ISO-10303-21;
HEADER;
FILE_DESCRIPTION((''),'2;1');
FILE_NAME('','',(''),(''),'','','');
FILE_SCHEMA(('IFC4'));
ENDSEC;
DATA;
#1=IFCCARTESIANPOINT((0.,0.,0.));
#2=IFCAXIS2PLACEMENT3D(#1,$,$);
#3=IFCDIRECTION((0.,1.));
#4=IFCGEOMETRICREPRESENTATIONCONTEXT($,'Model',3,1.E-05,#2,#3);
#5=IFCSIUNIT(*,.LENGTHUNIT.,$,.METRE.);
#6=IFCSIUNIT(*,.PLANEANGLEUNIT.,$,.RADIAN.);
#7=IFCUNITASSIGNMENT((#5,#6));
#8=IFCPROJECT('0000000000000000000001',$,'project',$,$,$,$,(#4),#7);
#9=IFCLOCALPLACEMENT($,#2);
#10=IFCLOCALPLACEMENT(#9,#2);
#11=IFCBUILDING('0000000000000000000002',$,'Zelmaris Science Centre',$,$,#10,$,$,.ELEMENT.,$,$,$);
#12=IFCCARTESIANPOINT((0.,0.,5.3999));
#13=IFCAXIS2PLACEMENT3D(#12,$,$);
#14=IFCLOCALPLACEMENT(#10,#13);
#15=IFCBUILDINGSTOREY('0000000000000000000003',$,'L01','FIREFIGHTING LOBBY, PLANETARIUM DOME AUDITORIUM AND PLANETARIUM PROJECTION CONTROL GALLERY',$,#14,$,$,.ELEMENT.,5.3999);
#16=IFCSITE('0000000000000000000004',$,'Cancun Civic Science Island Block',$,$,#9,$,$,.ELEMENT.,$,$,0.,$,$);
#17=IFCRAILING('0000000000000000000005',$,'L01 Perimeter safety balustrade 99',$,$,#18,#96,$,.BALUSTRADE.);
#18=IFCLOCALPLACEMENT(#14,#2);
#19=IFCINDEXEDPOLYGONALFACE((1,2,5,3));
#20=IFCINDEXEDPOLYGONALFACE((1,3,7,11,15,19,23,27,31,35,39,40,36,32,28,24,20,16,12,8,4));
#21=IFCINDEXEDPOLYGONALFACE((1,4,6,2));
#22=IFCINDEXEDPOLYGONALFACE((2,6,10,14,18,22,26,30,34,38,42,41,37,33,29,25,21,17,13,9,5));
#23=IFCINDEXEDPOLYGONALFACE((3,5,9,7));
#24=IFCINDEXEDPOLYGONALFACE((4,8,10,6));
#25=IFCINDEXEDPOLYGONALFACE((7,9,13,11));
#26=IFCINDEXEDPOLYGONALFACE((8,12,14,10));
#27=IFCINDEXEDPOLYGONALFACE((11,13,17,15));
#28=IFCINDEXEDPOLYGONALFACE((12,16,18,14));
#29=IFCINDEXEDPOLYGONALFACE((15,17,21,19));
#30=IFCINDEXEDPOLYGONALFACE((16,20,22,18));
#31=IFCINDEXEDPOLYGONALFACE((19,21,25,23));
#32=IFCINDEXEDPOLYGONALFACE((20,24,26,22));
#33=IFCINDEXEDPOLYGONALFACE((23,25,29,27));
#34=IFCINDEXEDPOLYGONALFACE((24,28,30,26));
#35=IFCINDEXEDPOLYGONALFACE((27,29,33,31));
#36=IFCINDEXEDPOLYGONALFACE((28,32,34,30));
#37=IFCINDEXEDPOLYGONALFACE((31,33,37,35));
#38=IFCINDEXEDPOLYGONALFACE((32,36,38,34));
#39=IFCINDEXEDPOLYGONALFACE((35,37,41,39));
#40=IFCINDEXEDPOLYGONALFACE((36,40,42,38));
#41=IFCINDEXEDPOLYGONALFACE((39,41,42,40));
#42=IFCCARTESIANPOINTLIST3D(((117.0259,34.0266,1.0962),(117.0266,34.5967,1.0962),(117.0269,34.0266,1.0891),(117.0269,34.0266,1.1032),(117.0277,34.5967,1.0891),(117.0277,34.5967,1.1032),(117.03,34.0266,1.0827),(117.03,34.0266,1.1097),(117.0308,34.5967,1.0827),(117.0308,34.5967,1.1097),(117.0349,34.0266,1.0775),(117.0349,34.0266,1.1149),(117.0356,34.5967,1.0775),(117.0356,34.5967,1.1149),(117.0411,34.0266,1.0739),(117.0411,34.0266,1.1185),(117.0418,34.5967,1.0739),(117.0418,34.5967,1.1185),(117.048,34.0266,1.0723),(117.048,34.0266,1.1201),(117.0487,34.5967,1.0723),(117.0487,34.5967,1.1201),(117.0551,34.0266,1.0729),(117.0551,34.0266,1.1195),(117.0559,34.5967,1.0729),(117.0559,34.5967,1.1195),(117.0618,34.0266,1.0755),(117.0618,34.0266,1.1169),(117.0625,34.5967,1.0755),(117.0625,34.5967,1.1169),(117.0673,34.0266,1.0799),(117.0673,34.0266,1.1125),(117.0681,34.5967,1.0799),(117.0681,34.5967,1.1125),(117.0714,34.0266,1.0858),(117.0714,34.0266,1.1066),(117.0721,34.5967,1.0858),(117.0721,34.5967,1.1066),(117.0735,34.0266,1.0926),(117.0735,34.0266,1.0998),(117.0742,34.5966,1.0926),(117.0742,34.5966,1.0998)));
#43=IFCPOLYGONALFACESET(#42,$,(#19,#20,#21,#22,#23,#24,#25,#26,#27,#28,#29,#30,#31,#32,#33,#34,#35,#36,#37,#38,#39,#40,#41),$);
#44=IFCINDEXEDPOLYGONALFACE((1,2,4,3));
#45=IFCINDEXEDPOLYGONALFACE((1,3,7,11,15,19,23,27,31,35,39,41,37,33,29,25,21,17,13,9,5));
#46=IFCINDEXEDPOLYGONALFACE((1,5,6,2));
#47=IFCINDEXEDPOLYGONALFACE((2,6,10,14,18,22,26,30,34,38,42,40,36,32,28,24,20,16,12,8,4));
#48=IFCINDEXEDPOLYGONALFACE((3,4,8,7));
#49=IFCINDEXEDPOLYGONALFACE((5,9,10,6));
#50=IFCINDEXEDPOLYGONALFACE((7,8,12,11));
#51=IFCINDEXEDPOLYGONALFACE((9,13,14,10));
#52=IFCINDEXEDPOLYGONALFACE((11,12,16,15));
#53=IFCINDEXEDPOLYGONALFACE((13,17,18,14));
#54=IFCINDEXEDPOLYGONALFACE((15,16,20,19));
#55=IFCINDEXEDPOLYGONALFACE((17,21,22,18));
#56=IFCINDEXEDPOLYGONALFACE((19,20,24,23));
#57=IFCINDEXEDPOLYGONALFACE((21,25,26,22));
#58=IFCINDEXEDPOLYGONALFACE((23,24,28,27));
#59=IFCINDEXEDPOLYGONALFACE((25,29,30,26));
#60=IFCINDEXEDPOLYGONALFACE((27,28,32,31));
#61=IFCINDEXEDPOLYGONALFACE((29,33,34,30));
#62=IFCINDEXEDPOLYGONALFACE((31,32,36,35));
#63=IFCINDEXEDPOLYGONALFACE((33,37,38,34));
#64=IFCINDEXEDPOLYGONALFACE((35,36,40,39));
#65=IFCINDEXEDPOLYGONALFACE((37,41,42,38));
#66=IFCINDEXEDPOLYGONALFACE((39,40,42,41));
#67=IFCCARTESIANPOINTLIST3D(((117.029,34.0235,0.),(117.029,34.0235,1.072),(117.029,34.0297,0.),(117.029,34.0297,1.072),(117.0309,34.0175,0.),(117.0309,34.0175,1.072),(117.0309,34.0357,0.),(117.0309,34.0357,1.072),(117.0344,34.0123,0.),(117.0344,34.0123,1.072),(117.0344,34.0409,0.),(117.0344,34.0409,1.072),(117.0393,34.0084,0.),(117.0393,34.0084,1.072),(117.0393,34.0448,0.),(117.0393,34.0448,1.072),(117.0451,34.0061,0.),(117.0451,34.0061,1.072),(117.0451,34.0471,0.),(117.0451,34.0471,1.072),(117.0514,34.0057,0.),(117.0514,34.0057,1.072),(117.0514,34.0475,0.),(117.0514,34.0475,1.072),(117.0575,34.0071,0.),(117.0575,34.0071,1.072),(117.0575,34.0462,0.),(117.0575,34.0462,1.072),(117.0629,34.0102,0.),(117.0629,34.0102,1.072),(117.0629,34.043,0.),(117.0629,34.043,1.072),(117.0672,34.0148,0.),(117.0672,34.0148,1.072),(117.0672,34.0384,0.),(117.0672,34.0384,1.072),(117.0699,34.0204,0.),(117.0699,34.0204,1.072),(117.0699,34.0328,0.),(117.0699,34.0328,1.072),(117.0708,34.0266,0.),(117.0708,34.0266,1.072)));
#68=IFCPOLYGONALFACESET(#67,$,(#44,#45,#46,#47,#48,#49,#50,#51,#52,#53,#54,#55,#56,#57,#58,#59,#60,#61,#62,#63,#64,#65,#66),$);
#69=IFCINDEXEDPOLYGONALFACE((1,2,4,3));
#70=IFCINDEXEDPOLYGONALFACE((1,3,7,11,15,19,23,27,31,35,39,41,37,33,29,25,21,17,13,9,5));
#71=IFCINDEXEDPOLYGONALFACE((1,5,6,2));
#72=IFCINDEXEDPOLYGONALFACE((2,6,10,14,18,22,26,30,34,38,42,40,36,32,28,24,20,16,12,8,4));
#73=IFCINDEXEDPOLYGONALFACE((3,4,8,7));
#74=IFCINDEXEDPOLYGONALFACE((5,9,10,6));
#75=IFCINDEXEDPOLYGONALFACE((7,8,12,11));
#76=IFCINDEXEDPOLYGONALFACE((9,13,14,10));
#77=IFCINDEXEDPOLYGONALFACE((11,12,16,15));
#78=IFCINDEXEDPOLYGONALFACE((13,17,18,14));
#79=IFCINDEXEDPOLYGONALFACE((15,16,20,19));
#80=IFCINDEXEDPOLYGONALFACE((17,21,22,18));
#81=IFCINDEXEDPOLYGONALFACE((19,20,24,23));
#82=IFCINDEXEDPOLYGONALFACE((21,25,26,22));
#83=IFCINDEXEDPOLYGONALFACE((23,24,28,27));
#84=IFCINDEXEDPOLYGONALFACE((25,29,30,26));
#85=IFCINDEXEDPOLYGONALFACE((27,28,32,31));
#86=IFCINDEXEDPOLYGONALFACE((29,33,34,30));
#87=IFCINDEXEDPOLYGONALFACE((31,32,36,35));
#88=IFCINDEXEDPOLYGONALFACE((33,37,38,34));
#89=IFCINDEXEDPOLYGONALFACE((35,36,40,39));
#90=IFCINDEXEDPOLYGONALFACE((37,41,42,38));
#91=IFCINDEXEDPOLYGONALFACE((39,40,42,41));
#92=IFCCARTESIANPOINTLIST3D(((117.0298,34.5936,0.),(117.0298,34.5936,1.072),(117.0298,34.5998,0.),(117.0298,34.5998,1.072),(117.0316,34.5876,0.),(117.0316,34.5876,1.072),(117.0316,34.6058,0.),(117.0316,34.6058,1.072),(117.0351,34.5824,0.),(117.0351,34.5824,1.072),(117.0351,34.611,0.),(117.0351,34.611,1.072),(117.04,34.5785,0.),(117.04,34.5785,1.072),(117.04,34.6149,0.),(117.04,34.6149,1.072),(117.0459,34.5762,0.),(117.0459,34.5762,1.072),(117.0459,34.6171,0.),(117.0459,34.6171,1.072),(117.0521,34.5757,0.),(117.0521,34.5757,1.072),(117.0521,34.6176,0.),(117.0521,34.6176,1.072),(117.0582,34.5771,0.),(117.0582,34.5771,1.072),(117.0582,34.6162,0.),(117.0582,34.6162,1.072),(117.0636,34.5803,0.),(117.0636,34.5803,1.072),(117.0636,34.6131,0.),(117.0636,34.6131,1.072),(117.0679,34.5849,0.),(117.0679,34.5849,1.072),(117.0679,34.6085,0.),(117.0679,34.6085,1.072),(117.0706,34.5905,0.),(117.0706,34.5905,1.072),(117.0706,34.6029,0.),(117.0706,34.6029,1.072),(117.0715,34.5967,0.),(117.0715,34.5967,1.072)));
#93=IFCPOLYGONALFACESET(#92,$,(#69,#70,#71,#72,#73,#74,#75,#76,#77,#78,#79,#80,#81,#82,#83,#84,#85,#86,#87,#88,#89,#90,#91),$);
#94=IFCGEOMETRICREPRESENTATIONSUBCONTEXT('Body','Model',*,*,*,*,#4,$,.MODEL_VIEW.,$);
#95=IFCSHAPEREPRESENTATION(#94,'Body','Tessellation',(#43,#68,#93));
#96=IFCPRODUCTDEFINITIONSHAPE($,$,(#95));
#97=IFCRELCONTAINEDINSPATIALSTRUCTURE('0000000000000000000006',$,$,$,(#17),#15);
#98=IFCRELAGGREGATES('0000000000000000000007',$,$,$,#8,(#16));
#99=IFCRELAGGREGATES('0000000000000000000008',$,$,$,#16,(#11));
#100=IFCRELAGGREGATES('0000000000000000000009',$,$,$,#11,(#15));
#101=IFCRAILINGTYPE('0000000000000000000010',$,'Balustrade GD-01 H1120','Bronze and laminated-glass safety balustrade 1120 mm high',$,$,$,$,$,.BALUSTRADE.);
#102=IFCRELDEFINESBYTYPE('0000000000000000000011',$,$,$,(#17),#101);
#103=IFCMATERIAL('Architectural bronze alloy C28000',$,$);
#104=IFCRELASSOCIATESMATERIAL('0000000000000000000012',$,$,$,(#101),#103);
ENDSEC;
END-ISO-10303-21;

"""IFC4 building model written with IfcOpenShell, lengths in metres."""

from ifc_helpers import new_model, si_unit, direction, frame, origin, origin_2d, place, context, subcontext, project, spatial, circle, extrude, material, type_object, element, save


model = new_model("IFC4")

# Units and contexts
model_context = context("Model", 3, precision=1e-05, world=origin(), true_north=direction((0.0, 1.0)))
body_context = subcontext(model_context, "Body", "Model", "MODEL_VIEW")
ifc_project = project(units=[si_unit("LENGTHUNIT", "METRE"), si_unit("PLANEANGLEUNIT", "RADIAN")], contexts=[model_context])

# Site, building, storey
site_placement = place(None, origin())
site = spatial("IfcSite", under=ifc_project, at=site_placement, Name="Cancun Civic Science Island Block", CompositionType="ELEMENT", RefElevation=0.0)
building_placement = place(site_placement, origin())
building = spatial("IfcBuilding", under=site, at=building_placement, Name="Zelmaris Science Centre", CompositionType="ELEMENT")
storey_placement = place(building_placement, frame((0.0, 0.0, 5.3999)))
storey = spatial("IfcBuildingStorey", under=building, at=storey_placement, Name="L01", Description="FIREFIGHTING LOBBY, PLANETARIUM DOME AUDITORIUM AND PLANETARIUM PROJECTION CONTROL GALLERY", CompositionType="ELEMENT", Elevation=5.3999)

# Railing
ifc_material_1 = material(Name="Architectural bronze alloy C28000")
railing_type = type_object("IfcRailingType", Name="Balustrade GD-01 H1120", Description="Bronze and laminated-glass safety balustrade 1120 mm high", PredefinedType="BALUSTRADE", material=ifc_material_1)
railing_1_placement = place(storey_placement, frame((117.0498, 34.0266, 0.0)))
element("IfcRailing", 1, at=railing_1_placement, inside=storey, type_object=railing_type, Name="L01 Perimeter safety balustrade 99", PredefinedType="BALUSTRADE", context=body_context, shape_type="SweptSolid", body=[
    extrude(circle(Radius=0.0239, at=origin_2d()), frame((0.0, 0.0, 1.0962), z_axis=(0.001285, 0.999999, 0.0), x_axis=(-0.999999, 0.001285, 0.0)), (0.0, 0.0, 1.0), 0.5701),
    extrude(circle(Radius=0.021, at=origin_2d()), origin(), (0.0, 0.0, 1.0), 1.072),
    extrude(circle(Radius=0.021, at=origin_2d()), frame((0.0007, 0.5701, 0.0)), (0.0, 0.0, 1.0), 1.072),
])

save(model, "model.ifc")
